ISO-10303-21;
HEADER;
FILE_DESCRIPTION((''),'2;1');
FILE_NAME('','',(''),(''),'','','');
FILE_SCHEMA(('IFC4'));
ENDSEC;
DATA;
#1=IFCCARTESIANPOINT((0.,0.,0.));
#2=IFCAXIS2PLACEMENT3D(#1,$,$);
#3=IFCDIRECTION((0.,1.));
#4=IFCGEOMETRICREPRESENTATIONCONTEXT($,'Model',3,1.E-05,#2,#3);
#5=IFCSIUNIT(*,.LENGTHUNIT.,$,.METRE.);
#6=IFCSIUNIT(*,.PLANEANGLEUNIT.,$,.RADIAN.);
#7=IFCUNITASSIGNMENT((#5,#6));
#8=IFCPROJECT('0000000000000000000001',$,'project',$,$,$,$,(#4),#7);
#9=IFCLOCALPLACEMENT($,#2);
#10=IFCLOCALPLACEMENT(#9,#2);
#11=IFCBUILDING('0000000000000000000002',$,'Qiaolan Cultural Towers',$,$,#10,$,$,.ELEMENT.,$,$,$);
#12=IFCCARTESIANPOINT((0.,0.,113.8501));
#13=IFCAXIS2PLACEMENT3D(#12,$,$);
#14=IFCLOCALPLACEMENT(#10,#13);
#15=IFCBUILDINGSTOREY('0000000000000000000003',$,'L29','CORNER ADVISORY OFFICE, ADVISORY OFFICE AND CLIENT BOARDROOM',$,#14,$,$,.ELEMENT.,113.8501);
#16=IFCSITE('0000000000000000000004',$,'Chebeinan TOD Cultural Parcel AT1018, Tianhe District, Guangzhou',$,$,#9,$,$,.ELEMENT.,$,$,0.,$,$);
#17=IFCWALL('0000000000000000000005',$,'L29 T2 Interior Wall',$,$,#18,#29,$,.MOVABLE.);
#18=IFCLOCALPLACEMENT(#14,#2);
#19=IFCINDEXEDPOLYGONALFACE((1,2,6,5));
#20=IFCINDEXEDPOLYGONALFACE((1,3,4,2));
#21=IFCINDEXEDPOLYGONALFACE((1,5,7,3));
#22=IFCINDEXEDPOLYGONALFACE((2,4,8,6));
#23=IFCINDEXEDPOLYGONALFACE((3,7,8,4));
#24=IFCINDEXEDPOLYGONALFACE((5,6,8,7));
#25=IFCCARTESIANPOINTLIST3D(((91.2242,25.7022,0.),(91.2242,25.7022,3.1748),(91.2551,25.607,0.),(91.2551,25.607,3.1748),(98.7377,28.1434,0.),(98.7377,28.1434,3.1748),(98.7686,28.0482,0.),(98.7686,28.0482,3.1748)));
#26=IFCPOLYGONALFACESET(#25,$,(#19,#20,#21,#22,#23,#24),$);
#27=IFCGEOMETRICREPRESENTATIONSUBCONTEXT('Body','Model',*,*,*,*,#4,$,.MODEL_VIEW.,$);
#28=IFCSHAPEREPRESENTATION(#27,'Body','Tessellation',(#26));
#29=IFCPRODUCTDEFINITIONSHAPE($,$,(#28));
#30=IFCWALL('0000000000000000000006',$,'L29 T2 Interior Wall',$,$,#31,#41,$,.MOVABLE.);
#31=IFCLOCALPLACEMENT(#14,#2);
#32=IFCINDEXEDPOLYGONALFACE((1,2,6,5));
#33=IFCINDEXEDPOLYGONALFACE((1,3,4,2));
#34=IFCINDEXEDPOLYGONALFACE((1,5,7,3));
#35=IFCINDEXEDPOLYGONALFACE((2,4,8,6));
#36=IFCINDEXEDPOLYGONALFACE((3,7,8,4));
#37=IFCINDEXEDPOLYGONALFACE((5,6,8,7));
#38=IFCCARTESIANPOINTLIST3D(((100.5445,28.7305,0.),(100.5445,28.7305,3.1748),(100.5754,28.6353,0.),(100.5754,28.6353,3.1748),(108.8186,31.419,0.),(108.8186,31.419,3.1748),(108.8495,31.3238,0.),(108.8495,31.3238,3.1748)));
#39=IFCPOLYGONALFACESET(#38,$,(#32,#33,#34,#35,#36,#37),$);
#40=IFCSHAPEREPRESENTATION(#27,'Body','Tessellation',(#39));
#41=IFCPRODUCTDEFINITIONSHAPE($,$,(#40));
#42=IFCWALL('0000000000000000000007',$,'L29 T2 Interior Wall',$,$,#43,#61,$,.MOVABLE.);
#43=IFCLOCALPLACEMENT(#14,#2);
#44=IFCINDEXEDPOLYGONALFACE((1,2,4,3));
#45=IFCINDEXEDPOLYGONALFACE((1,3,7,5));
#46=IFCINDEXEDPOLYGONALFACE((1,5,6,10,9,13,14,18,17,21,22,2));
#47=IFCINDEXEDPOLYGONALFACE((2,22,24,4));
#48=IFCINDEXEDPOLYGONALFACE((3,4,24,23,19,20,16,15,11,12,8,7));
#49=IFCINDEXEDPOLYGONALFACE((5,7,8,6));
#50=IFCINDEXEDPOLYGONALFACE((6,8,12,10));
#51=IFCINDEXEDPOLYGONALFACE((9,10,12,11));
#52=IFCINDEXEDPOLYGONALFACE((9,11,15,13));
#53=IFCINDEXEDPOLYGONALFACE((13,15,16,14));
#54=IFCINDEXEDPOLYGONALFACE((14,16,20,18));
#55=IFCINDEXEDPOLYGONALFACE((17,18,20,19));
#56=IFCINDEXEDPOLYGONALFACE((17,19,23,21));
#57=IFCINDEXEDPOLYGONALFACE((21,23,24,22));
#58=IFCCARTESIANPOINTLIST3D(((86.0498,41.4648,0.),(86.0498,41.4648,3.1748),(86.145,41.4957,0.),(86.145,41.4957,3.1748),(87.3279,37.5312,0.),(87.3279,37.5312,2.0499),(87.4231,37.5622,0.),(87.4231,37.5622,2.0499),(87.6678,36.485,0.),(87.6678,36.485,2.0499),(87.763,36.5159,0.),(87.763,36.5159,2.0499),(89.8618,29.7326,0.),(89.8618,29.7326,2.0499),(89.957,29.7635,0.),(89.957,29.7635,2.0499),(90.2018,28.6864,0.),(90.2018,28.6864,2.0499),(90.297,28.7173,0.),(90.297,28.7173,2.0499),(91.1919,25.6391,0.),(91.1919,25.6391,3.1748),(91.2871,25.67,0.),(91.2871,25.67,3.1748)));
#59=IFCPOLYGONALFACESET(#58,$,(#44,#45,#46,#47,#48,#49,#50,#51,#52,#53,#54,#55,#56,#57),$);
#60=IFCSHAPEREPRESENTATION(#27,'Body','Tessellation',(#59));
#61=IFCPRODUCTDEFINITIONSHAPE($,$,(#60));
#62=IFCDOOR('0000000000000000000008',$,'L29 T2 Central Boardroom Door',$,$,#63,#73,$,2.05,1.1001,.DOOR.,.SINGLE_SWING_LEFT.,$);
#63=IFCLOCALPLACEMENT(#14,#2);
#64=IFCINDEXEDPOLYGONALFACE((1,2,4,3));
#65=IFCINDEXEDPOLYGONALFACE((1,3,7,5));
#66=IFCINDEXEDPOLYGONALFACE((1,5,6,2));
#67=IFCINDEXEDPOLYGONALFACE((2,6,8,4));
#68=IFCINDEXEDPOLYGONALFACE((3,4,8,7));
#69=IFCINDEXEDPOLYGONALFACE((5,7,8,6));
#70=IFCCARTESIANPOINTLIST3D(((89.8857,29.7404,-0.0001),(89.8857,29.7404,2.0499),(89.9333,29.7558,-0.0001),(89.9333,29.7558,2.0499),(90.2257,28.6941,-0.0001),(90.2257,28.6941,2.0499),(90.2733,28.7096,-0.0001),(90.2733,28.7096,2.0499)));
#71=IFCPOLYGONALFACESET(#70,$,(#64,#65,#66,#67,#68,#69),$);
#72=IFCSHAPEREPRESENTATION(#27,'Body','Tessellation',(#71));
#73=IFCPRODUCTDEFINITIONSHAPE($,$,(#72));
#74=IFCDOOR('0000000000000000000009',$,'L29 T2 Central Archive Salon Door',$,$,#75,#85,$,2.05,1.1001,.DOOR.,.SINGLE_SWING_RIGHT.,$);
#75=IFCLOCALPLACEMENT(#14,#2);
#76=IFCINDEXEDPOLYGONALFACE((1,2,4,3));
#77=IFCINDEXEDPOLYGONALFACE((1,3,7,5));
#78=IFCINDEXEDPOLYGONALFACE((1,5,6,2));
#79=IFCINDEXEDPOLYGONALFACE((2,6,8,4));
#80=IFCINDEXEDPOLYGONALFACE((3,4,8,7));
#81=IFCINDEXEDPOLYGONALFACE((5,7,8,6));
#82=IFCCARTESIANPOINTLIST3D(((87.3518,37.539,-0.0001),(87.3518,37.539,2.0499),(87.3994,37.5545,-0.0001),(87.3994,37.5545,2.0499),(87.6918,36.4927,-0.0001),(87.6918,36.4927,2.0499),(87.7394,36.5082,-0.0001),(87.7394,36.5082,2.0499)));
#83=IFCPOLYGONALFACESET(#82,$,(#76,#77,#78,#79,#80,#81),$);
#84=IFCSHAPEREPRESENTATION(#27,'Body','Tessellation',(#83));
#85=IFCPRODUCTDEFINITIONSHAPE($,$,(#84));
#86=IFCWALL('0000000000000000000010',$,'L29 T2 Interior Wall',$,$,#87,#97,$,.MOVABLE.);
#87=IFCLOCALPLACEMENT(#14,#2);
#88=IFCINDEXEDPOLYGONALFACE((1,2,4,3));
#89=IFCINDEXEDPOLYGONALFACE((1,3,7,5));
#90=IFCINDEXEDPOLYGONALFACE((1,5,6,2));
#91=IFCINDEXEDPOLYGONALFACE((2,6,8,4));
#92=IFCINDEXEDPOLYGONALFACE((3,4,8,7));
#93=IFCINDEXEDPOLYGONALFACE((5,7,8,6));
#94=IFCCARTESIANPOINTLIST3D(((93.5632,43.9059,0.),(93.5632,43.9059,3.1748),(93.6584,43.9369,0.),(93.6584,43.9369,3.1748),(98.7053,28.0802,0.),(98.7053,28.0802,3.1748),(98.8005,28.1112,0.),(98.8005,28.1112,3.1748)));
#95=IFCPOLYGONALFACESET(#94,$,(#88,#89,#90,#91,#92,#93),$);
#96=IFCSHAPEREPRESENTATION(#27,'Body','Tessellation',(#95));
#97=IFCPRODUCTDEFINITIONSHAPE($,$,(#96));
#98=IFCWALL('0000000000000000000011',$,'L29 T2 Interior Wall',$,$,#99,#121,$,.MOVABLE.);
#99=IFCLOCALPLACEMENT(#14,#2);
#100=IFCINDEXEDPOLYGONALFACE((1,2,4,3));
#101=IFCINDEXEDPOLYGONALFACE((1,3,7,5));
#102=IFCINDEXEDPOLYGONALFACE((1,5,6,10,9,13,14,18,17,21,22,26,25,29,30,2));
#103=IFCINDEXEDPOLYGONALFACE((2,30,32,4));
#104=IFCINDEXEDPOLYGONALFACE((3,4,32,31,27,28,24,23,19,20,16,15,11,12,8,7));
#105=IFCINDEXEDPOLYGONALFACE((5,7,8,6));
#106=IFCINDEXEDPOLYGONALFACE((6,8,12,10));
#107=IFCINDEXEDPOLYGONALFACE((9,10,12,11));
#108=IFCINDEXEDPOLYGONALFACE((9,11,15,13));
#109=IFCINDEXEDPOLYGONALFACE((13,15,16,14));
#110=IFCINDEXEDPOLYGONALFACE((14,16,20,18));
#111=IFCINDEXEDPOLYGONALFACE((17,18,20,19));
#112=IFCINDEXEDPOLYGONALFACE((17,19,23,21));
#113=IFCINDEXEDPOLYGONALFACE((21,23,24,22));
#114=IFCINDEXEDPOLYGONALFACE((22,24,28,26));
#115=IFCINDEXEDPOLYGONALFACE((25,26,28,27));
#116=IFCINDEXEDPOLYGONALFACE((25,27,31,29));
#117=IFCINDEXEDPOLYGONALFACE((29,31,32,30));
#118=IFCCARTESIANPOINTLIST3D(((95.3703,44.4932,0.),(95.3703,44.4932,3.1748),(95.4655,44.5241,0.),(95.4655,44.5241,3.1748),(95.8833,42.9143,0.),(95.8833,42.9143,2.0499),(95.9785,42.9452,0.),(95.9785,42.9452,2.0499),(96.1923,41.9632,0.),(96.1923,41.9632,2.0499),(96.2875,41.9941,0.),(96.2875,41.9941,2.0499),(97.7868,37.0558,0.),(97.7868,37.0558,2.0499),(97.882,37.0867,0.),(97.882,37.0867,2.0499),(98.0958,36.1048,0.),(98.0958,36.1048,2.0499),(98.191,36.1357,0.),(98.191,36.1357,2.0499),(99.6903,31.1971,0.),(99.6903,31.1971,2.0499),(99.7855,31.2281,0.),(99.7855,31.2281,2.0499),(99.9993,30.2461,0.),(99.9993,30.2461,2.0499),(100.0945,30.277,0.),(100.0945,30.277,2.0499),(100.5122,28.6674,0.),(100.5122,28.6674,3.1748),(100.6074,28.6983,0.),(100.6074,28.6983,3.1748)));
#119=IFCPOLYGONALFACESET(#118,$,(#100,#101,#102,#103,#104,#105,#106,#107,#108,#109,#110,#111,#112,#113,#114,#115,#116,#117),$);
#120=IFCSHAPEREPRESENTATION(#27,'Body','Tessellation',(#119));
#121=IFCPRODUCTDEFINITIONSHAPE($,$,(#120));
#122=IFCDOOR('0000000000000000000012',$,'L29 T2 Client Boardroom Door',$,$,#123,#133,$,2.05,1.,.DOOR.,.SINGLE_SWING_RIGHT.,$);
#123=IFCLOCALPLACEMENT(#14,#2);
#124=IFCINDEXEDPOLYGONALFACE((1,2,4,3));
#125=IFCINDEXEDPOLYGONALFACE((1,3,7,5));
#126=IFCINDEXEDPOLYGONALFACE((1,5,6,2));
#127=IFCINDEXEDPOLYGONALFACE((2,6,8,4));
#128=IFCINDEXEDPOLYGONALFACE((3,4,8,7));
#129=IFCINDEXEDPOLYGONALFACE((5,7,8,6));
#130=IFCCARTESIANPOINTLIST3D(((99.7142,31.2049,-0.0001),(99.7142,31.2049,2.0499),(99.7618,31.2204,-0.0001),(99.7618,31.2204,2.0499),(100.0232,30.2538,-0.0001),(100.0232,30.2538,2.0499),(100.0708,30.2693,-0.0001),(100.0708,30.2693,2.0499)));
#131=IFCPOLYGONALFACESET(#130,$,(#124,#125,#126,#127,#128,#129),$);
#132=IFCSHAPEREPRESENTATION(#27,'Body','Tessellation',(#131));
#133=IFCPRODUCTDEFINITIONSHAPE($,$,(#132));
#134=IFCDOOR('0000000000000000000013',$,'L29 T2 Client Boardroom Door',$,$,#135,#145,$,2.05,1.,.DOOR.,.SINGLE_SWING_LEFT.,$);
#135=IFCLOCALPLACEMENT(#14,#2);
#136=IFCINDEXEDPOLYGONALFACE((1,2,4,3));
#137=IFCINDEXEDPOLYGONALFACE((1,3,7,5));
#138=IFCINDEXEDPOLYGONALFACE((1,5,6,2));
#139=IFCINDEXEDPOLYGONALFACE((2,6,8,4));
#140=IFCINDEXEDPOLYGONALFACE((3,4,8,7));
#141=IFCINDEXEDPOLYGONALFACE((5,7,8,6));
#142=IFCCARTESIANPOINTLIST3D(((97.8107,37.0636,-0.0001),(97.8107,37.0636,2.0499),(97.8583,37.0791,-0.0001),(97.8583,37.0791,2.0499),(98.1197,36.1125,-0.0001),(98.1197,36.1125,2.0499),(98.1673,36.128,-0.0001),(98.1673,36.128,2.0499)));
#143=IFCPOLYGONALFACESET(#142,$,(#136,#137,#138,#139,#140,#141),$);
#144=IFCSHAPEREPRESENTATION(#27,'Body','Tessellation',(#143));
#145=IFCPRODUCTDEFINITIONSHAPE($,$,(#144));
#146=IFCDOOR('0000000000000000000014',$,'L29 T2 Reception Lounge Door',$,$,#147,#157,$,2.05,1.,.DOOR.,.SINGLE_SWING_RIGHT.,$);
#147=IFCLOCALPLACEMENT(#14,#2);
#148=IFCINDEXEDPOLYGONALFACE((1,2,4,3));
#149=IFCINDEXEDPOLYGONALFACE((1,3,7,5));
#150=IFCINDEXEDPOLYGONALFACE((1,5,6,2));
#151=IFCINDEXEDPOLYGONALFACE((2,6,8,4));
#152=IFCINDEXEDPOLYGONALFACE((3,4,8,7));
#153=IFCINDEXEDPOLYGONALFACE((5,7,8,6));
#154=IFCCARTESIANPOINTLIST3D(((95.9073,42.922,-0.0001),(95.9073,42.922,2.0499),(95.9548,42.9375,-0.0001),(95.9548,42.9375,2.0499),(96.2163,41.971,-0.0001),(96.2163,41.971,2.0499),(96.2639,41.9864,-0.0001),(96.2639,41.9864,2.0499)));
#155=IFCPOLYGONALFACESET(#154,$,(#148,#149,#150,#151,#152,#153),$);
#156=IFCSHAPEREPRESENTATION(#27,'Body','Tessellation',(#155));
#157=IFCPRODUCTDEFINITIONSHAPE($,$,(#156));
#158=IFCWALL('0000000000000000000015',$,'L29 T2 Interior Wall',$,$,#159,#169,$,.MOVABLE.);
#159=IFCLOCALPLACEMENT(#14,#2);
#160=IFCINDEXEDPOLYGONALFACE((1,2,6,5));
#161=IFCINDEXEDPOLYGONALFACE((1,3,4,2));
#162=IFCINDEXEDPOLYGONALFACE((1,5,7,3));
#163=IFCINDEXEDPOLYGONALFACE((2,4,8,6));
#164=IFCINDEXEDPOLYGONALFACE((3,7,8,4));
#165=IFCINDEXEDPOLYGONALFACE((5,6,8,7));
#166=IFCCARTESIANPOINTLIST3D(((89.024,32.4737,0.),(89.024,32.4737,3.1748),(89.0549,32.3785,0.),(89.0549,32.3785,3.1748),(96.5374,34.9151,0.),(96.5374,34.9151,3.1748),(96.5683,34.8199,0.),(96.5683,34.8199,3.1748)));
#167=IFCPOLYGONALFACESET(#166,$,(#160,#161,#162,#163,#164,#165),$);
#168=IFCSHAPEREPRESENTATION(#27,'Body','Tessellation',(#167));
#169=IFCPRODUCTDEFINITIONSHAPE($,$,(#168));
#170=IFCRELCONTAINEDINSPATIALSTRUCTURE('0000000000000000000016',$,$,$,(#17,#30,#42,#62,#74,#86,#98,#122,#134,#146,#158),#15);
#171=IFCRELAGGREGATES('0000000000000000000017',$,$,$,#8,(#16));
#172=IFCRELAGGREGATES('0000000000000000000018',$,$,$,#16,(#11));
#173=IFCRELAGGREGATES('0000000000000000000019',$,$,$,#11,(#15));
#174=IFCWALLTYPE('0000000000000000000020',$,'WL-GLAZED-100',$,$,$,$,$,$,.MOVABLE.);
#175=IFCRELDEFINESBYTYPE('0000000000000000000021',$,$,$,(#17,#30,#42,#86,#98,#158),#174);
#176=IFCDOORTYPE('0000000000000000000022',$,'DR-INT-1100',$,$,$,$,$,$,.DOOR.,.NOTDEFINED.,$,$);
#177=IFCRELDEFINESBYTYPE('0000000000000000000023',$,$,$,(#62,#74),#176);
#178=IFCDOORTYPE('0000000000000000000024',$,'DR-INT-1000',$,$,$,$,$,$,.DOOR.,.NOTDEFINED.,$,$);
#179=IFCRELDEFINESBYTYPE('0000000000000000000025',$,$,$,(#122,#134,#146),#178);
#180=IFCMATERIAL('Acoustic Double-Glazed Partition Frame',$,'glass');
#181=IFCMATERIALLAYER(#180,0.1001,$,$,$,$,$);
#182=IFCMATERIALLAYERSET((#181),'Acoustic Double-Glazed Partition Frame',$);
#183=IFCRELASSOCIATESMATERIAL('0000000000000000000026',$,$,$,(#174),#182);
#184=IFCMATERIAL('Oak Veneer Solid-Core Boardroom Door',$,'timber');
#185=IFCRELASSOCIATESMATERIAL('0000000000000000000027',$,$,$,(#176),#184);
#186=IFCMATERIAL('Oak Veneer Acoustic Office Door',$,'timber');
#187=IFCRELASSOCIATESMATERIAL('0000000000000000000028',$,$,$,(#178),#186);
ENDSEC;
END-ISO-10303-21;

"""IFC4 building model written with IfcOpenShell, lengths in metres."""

from ifc_helpers import new_model, si_unit, direction, frame, frame_2d, origin, place, context, subcontext, project, spatial, rectangle, extrude, material, layer, layer_set, type_object, element, fill, save


model = new_model("IFC4")

# Units and contexts
model_context = context("Model", 3, precision=1e-05, world=origin(), true_north=direction((0.0, 1.0)))
body_context = subcontext(model_context, "Body", "Model", "MODEL_VIEW")
ifc_project = project(units=[si_unit("LENGTHUNIT", "METRE"), si_unit("PLANEANGLEUNIT", "RADIAN")], contexts=[model_context])

# Site, building, storey
site_placement = place(None, origin())
site = spatial("IfcSite", under=ifc_project, at=site_placement, Name="Chebeinan TOD Cultural Parcel AT1018, Tianhe District, Guangzhou", CompositionType="ELEMENT", RefElevation=0.0)
building_placement = place(site_placement, origin())
building = spatial("IfcBuilding", under=site, at=building_placement, Name="Qiaolan Cultural Towers", CompositionType="ELEMENT")
storey_placement = place(building_placement, frame((0.0, 0.0, 113.8501)))
storey = spatial("IfcBuildingStorey", under=building, at=storey_placement, Name="L29", Description="CORNER ADVISORY OFFICE, ADVISORY OFFICE AND CLIENT BOARDROOM", CompositionType="ELEMENT", Elevation=113.8501)

# Walls
ifc_material_1 = material(Name="Acoustic Double-Glazed Partition Frame", Category="glass")
ifc_layer_1 = layer(ifc_material_1, 0.1001)
ifc_layer_set_1 = layer_set([ifc_layer_1], Name="Acoustic Double-Glazed Partition Frame")
wall_type_1 = type_object("IfcWallType", Name="WL-GLAZED-100", PredefinedType="MOVABLE", material=ifc_layer_set_1)
wall_1_placement = place(storey_placement, frame((91.2395, 25.6545, 0.0), z_axis=(0.0, 0.0, 1.0), x_axis=(0.95106, 0.309006, 0.0)))
element("IfcWall", 1, at=wall_1_placement, inside=storey, type_object=wall_type_1, Name="L29 T2 Interior Wall", PredefinedType="MOVABLE", context=body_context, shape_type="SweptSolid", body=[
    extrude(rectangle(XDim=7.9001, YDim=0.1001, at=frame_2d((3.9502, 0.0))), origin(), (0.0, 0.0, 1.0), 3.1748),
])
wall_2_placement = place(storey_placement, frame((100.5598, 28.6829, 0.0), z_axis=(0.0, 0.0, 1.0), x_axis=(0.951055, 0.309021, 0.0)))
element("IfcWall", 2, at=wall_2_placement, inside=storey, type_object=wall_type_1, Name="L29 T2 Interior Wall", PredefinedType="MOVABLE", context=body_context, shape_type="SweptSolid", body=[
    extrude(rectangle(XDim=8.7, YDim=0.1001, at=frame_2d((4.3501, 0.0))), origin(), (0.0, 0.0, 1.0), 3.1748),
])

# Wall, openings, doors
wall_3_placement = place(storey_placement, frame((91.2395, 25.6545, 0.0), z_axis=(0.0, 0.0, 1.0), x_axis=(-0.309018, 0.951056, 0.0)))
wall_3 = element("IfcWall", 3, at=wall_3_placement, inside=storey, type_object=wall_type_1, Name="L29 T2 Interior Wall", PredefinedType="MOVABLE", context=body_context, shape_type="SweptSolid", body=[
    extrude(rectangle(XDim=16.6401, YDim=0.1001, at=frame_2d((8.3201, 0.0))), origin(), (0.0, 0.0, 1.0), 3.1748),
])
opening_1_placement = place(wall_3_placement, frame((3.2041, 0.0, 0.0)))
opening_1 = element("IfcOpeningElement", 4, at=opening_1_placement, cuts=wall_3, PredefinedType="OPENING", context=body_context, shape_type="SweptSolid", body=[
    extrude(rectangle(XDim=1.1001, YDim=2.05, at=frame_2d((0.55, 1.0249))), frame((0.0, 0.0601, 0.0), z_axis=(0.0, -1.0, 0.0), x_axis=(1.0, 0.0, 0.0)), (0.0, 0.0, 1.0), 0.1201),
])
opening_2_placement = place(wall_3_placement, frame((11.4041, 0.0, 0.0)))
opening_2 = element("IfcOpeningElement", 5, at=opening_2_placement, cuts=wall_3, PredefinedType="OPENING", context=body_context, shape_type="SweptSolid", body=[
    extrude(rectangle(XDim=1.1001, YDim=2.05, at=frame_2d((0.55, 1.0249))), frame((0.0, 0.0601, 0.0), z_axis=(0.0, -1.0, 0.0), x_axis=(1.0, 0.0, 0.0)), (0.0, 0.0, 1.0), 0.1201),
])
ifc_material_2 = material(Name="Oak Veneer Solid-Core Boardroom Door", Category="timber")
door_type_1 = type_object("IfcDoorType", Name="DR-INT-1100", OperationType="NOTDEFINED", PredefinedType="DOOR", material=ifc_material_2)
door_1_placement = place(opening_1_placement, origin())
door_1 = element("IfcDoor", 6, at=door_1_placement, inside=storey, type_object=door_type_1, Name="L29 T2 Central Boardroom Door", OperationType="SINGLE_SWING_LEFT", OverallHeight=2.05, OverallWidth=1.1001, PredefinedType="DOOR", context=body_context, shape_type="SweptSolid", body=[
    extrude(rectangle(XDim=1.1001, YDim=2.05, at=frame_2d((0.55, 1.0249))), frame((0.0, 0.0249, 0.0), z_axis=(0.0, -1.0, 0.0), x_axis=(1.0, 0.0, 0.0)), (0.0, 0.0, 1.0), 0.05),
])
fill(opening_1, door_1)
door_2_placement = place(opening_2_placement, origin())
door_2 = element("IfcDoor", 7, at=door_2_placement, inside=storey, type_object=door_type_1, Name="L29 T2 Central Archive Salon Door", OperationType="SINGLE_SWING_RIGHT", OverallHeight=2.05, OverallWidth=1.1001, PredefinedType="DOOR", context=body_context, shape_type="SweptSolid", body=[
    extrude(rectangle(XDim=1.1001, YDim=2.05, at=frame_2d((0.55, 1.0249))), frame((0.0, 0.0249, 0.0), z_axis=(0.0, -1.0, 0.0), x_axis=(1.0, 0.0, 0.0)), (0.0, 0.0, 1.0), 0.05),
])
fill(opening_2, door_2)

# Wall
wall_4_placement = place(storey_placement, frame((98.7529, 28.0957, 0.0), z_axis=(0.0, 0.0, 1.0), x_axis=(-0.309018, 0.951056, 0.0)))
element("IfcWall", 8, at=wall_4_placement, inside=storey, type_object=wall_type_1, Name="L29 T2 Interior Wall", PredefinedType="MOVABLE", context=body_context, shape_type="SweptSolid", body=[
    extrude(rectangle(XDim=16.6401, YDim=0.1001, at=frame_2d((8.3201, 0.0))), origin(), (0.0, 0.0, 1.0), 3.1748),
])

# Wall, openings, doors
wall_5_placement = place(storey_placement, frame((100.5598, 28.6829, 0.0), z_axis=(0.0, 0.0, 1.0), x_axis=(-0.309004, 0.951061, 0.0)))
wall_5 = element("IfcWall", 9, at=wall_5_placement, inside=storey, type_object=wall_type_1, Name="L29 T2 Interior Wall", PredefinedType="MOVABLE", context=body_context, shape_type="SweptSolid", body=[
    extrude(rectangle(XDim=16.6401, YDim=0.1001, at=frame_2d((8.3201, 0.0))), origin(), (0.0, 0.0, 1.0), 3.1748),
])
opening_3_placement = place(wall_5_placement, frame((1.6599, 0.0, 0.0)))
opening_3 = element("IfcOpeningElement", 10, at=opening_3_placement, cuts=wall_5, PredefinedType="OPENING", context=body_context, shape_type="SweptSolid", body=[
    extrude(rectangle(XDim=1.0, YDim=2.05, at=frame_2d((0.5, 1.0249))), frame((0.0, 0.0601, 0.0), z_axis=(0.0, -1.0, 0.0), x_axis=(1.0, 0.0, 0.0)), (0.0, 0.0, 1.0), 0.1201),
])
opening_4_placement = place(wall_5_placement, frame((7.8201, 0.0, 0.0)))
opening_4 = element("IfcOpeningElement", 11, at=opening_4_placement, cuts=wall_5, PredefinedType="OPENING", context=body_context, shape_type="SweptSolid", body=[
    extrude(rectangle(XDim=1.0, YDim=2.05, at=frame_2d((0.5, 1.0249))), frame((0.0, 0.0601, 0.0), z_axis=(0.0, -1.0, 0.0), x_axis=(1.0, 0.0, 0.0)), (0.0, 0.0, 1.0), 0.1201),
])
opening_5_placement = place(wall_5_placement, frame((13.98, 0.0, 0.0)))
opening_5 = element("IfcOpeningElement", 12, at=opening_5_placement, cuts=wall_5, PredefinedType="OPENING", context=body_context, shape_type="SweptSolid", body=[
    extrude(rectangle(XDim=1.0, YDim=2.05, at=frame_2d((0.5, 1.0249))), frame((0.0, 0.0601, 0.0), z_axis=(0.0, -1.0, 0.0), x_axis=(1.0, 0.0, 0.0)), (0.0, 0.0, 1.0), 0.1201),
])
ifc_material_3 = material(Name="Oak Veneer Acoustic Office Door", Category="timber")
door_type_2 = type_object("IfcDoorType", Name="DR-INT-1000", OperationType="NOTDEFINED", PredefinedType="DOOR", material=ifc_material_3)
door_3_placement = place(opening_3_placement, origin())
door_3 = element("IfcDoor", 13, at=door_3_placement, inside=storey, type_object=door_type_2, Name="L29 T2 Client Boardroom Door", OperationType="SINGLE_SWING_RIGHT", OverallHeight=2.05, OverallWidth=1.0, PredefinedType="DOOR", context=body_context, shape_type="SweptSolid", body=[
    extrude(rectangle(XDim=1.0, YDim=2.05, at=frame_2d((0.5, 1.0249))), frame((0.0, 0.0249, 0.0), z_axis=(0.0, -1.0, 0.0), x_axis=(1.0, 0.0, 0.0)), (0.0, 0.0, 1.0), 0.05),
])
fill(opening_3, door_3)
door_4_placement = place(opening_4_placement, origin())
door_4 = element("IfcDoor", 14, at=door_4_placement, inside=storey, type_object=door_type_2, Name="L29 T2 Client Boardroom Door", OperationType="SINGLE_SWING_LEFT", OverallHeight=2.05, OverallWidth=1.0, PredefinedType="DOOR", context=body_context, shape_type="SweptSolid", body=[
    extrude(rectangle(XDim=1.0, YDim=2.05, at=frame_2d((0.5, 1.0249))), frame((0.0, 0.0249, 0.0), z_axis=(0.0, -1.0, 0.0), x_axis=(1.0, 0.0, 0.0)), (0.0, 0.0, 1.0), 0.05),
])
fill(opening_4, door_4)
door_5_placement = place(opening_5_placement, origin())
door_5 = element("IfcDoor", 15, at=door_5_placement, inside=storey, type_object=door_type_2, Name="L29 T2 Reception Lounge Door", OperationType="SINGLE_SWING_RIGHT", OverallHeight=2.05, OverallWidth=1.0, PredefinedType="DOOR", context=body_context, shape_type="SweptSolid", body=[
    extrude(rectangle(XDim=1.0, YDim=2.05, at=frame_2d((0.5, 1.0249))), frame((0.0, 0.0249, 0.0), z_axis=(0.0, -1.0, 0.0), x_axis=(1.0, 0.0, 0.0)), (0.0, 0.0, 1.0), 0.05),
])
fill(opening_5, door_5)

# Wall
wall_6_placement = place(storey_placement, frame((89.0393, 32.426, 0.0), z_axis=(0.0, 0.0, 1.0), x_axis=(0.951051, 0.309034, 0.0)))
element("IfcWall", 16, at=wall_6_placement, inside=storey, type_object=wall_type_1, Name="L29 T2 Interior Wall", PredefinedType="MOVABLE", context=body_context, shape_type="SweptSolid", body=[
    extrude(rectangle(XDim=7.9001, YDim=0.1001, at=frame_2d((3.9502, 0.0))), origin(), (0.0, 0.0, 1.0), 3.1748),
])

save(model, "model.ifc")
